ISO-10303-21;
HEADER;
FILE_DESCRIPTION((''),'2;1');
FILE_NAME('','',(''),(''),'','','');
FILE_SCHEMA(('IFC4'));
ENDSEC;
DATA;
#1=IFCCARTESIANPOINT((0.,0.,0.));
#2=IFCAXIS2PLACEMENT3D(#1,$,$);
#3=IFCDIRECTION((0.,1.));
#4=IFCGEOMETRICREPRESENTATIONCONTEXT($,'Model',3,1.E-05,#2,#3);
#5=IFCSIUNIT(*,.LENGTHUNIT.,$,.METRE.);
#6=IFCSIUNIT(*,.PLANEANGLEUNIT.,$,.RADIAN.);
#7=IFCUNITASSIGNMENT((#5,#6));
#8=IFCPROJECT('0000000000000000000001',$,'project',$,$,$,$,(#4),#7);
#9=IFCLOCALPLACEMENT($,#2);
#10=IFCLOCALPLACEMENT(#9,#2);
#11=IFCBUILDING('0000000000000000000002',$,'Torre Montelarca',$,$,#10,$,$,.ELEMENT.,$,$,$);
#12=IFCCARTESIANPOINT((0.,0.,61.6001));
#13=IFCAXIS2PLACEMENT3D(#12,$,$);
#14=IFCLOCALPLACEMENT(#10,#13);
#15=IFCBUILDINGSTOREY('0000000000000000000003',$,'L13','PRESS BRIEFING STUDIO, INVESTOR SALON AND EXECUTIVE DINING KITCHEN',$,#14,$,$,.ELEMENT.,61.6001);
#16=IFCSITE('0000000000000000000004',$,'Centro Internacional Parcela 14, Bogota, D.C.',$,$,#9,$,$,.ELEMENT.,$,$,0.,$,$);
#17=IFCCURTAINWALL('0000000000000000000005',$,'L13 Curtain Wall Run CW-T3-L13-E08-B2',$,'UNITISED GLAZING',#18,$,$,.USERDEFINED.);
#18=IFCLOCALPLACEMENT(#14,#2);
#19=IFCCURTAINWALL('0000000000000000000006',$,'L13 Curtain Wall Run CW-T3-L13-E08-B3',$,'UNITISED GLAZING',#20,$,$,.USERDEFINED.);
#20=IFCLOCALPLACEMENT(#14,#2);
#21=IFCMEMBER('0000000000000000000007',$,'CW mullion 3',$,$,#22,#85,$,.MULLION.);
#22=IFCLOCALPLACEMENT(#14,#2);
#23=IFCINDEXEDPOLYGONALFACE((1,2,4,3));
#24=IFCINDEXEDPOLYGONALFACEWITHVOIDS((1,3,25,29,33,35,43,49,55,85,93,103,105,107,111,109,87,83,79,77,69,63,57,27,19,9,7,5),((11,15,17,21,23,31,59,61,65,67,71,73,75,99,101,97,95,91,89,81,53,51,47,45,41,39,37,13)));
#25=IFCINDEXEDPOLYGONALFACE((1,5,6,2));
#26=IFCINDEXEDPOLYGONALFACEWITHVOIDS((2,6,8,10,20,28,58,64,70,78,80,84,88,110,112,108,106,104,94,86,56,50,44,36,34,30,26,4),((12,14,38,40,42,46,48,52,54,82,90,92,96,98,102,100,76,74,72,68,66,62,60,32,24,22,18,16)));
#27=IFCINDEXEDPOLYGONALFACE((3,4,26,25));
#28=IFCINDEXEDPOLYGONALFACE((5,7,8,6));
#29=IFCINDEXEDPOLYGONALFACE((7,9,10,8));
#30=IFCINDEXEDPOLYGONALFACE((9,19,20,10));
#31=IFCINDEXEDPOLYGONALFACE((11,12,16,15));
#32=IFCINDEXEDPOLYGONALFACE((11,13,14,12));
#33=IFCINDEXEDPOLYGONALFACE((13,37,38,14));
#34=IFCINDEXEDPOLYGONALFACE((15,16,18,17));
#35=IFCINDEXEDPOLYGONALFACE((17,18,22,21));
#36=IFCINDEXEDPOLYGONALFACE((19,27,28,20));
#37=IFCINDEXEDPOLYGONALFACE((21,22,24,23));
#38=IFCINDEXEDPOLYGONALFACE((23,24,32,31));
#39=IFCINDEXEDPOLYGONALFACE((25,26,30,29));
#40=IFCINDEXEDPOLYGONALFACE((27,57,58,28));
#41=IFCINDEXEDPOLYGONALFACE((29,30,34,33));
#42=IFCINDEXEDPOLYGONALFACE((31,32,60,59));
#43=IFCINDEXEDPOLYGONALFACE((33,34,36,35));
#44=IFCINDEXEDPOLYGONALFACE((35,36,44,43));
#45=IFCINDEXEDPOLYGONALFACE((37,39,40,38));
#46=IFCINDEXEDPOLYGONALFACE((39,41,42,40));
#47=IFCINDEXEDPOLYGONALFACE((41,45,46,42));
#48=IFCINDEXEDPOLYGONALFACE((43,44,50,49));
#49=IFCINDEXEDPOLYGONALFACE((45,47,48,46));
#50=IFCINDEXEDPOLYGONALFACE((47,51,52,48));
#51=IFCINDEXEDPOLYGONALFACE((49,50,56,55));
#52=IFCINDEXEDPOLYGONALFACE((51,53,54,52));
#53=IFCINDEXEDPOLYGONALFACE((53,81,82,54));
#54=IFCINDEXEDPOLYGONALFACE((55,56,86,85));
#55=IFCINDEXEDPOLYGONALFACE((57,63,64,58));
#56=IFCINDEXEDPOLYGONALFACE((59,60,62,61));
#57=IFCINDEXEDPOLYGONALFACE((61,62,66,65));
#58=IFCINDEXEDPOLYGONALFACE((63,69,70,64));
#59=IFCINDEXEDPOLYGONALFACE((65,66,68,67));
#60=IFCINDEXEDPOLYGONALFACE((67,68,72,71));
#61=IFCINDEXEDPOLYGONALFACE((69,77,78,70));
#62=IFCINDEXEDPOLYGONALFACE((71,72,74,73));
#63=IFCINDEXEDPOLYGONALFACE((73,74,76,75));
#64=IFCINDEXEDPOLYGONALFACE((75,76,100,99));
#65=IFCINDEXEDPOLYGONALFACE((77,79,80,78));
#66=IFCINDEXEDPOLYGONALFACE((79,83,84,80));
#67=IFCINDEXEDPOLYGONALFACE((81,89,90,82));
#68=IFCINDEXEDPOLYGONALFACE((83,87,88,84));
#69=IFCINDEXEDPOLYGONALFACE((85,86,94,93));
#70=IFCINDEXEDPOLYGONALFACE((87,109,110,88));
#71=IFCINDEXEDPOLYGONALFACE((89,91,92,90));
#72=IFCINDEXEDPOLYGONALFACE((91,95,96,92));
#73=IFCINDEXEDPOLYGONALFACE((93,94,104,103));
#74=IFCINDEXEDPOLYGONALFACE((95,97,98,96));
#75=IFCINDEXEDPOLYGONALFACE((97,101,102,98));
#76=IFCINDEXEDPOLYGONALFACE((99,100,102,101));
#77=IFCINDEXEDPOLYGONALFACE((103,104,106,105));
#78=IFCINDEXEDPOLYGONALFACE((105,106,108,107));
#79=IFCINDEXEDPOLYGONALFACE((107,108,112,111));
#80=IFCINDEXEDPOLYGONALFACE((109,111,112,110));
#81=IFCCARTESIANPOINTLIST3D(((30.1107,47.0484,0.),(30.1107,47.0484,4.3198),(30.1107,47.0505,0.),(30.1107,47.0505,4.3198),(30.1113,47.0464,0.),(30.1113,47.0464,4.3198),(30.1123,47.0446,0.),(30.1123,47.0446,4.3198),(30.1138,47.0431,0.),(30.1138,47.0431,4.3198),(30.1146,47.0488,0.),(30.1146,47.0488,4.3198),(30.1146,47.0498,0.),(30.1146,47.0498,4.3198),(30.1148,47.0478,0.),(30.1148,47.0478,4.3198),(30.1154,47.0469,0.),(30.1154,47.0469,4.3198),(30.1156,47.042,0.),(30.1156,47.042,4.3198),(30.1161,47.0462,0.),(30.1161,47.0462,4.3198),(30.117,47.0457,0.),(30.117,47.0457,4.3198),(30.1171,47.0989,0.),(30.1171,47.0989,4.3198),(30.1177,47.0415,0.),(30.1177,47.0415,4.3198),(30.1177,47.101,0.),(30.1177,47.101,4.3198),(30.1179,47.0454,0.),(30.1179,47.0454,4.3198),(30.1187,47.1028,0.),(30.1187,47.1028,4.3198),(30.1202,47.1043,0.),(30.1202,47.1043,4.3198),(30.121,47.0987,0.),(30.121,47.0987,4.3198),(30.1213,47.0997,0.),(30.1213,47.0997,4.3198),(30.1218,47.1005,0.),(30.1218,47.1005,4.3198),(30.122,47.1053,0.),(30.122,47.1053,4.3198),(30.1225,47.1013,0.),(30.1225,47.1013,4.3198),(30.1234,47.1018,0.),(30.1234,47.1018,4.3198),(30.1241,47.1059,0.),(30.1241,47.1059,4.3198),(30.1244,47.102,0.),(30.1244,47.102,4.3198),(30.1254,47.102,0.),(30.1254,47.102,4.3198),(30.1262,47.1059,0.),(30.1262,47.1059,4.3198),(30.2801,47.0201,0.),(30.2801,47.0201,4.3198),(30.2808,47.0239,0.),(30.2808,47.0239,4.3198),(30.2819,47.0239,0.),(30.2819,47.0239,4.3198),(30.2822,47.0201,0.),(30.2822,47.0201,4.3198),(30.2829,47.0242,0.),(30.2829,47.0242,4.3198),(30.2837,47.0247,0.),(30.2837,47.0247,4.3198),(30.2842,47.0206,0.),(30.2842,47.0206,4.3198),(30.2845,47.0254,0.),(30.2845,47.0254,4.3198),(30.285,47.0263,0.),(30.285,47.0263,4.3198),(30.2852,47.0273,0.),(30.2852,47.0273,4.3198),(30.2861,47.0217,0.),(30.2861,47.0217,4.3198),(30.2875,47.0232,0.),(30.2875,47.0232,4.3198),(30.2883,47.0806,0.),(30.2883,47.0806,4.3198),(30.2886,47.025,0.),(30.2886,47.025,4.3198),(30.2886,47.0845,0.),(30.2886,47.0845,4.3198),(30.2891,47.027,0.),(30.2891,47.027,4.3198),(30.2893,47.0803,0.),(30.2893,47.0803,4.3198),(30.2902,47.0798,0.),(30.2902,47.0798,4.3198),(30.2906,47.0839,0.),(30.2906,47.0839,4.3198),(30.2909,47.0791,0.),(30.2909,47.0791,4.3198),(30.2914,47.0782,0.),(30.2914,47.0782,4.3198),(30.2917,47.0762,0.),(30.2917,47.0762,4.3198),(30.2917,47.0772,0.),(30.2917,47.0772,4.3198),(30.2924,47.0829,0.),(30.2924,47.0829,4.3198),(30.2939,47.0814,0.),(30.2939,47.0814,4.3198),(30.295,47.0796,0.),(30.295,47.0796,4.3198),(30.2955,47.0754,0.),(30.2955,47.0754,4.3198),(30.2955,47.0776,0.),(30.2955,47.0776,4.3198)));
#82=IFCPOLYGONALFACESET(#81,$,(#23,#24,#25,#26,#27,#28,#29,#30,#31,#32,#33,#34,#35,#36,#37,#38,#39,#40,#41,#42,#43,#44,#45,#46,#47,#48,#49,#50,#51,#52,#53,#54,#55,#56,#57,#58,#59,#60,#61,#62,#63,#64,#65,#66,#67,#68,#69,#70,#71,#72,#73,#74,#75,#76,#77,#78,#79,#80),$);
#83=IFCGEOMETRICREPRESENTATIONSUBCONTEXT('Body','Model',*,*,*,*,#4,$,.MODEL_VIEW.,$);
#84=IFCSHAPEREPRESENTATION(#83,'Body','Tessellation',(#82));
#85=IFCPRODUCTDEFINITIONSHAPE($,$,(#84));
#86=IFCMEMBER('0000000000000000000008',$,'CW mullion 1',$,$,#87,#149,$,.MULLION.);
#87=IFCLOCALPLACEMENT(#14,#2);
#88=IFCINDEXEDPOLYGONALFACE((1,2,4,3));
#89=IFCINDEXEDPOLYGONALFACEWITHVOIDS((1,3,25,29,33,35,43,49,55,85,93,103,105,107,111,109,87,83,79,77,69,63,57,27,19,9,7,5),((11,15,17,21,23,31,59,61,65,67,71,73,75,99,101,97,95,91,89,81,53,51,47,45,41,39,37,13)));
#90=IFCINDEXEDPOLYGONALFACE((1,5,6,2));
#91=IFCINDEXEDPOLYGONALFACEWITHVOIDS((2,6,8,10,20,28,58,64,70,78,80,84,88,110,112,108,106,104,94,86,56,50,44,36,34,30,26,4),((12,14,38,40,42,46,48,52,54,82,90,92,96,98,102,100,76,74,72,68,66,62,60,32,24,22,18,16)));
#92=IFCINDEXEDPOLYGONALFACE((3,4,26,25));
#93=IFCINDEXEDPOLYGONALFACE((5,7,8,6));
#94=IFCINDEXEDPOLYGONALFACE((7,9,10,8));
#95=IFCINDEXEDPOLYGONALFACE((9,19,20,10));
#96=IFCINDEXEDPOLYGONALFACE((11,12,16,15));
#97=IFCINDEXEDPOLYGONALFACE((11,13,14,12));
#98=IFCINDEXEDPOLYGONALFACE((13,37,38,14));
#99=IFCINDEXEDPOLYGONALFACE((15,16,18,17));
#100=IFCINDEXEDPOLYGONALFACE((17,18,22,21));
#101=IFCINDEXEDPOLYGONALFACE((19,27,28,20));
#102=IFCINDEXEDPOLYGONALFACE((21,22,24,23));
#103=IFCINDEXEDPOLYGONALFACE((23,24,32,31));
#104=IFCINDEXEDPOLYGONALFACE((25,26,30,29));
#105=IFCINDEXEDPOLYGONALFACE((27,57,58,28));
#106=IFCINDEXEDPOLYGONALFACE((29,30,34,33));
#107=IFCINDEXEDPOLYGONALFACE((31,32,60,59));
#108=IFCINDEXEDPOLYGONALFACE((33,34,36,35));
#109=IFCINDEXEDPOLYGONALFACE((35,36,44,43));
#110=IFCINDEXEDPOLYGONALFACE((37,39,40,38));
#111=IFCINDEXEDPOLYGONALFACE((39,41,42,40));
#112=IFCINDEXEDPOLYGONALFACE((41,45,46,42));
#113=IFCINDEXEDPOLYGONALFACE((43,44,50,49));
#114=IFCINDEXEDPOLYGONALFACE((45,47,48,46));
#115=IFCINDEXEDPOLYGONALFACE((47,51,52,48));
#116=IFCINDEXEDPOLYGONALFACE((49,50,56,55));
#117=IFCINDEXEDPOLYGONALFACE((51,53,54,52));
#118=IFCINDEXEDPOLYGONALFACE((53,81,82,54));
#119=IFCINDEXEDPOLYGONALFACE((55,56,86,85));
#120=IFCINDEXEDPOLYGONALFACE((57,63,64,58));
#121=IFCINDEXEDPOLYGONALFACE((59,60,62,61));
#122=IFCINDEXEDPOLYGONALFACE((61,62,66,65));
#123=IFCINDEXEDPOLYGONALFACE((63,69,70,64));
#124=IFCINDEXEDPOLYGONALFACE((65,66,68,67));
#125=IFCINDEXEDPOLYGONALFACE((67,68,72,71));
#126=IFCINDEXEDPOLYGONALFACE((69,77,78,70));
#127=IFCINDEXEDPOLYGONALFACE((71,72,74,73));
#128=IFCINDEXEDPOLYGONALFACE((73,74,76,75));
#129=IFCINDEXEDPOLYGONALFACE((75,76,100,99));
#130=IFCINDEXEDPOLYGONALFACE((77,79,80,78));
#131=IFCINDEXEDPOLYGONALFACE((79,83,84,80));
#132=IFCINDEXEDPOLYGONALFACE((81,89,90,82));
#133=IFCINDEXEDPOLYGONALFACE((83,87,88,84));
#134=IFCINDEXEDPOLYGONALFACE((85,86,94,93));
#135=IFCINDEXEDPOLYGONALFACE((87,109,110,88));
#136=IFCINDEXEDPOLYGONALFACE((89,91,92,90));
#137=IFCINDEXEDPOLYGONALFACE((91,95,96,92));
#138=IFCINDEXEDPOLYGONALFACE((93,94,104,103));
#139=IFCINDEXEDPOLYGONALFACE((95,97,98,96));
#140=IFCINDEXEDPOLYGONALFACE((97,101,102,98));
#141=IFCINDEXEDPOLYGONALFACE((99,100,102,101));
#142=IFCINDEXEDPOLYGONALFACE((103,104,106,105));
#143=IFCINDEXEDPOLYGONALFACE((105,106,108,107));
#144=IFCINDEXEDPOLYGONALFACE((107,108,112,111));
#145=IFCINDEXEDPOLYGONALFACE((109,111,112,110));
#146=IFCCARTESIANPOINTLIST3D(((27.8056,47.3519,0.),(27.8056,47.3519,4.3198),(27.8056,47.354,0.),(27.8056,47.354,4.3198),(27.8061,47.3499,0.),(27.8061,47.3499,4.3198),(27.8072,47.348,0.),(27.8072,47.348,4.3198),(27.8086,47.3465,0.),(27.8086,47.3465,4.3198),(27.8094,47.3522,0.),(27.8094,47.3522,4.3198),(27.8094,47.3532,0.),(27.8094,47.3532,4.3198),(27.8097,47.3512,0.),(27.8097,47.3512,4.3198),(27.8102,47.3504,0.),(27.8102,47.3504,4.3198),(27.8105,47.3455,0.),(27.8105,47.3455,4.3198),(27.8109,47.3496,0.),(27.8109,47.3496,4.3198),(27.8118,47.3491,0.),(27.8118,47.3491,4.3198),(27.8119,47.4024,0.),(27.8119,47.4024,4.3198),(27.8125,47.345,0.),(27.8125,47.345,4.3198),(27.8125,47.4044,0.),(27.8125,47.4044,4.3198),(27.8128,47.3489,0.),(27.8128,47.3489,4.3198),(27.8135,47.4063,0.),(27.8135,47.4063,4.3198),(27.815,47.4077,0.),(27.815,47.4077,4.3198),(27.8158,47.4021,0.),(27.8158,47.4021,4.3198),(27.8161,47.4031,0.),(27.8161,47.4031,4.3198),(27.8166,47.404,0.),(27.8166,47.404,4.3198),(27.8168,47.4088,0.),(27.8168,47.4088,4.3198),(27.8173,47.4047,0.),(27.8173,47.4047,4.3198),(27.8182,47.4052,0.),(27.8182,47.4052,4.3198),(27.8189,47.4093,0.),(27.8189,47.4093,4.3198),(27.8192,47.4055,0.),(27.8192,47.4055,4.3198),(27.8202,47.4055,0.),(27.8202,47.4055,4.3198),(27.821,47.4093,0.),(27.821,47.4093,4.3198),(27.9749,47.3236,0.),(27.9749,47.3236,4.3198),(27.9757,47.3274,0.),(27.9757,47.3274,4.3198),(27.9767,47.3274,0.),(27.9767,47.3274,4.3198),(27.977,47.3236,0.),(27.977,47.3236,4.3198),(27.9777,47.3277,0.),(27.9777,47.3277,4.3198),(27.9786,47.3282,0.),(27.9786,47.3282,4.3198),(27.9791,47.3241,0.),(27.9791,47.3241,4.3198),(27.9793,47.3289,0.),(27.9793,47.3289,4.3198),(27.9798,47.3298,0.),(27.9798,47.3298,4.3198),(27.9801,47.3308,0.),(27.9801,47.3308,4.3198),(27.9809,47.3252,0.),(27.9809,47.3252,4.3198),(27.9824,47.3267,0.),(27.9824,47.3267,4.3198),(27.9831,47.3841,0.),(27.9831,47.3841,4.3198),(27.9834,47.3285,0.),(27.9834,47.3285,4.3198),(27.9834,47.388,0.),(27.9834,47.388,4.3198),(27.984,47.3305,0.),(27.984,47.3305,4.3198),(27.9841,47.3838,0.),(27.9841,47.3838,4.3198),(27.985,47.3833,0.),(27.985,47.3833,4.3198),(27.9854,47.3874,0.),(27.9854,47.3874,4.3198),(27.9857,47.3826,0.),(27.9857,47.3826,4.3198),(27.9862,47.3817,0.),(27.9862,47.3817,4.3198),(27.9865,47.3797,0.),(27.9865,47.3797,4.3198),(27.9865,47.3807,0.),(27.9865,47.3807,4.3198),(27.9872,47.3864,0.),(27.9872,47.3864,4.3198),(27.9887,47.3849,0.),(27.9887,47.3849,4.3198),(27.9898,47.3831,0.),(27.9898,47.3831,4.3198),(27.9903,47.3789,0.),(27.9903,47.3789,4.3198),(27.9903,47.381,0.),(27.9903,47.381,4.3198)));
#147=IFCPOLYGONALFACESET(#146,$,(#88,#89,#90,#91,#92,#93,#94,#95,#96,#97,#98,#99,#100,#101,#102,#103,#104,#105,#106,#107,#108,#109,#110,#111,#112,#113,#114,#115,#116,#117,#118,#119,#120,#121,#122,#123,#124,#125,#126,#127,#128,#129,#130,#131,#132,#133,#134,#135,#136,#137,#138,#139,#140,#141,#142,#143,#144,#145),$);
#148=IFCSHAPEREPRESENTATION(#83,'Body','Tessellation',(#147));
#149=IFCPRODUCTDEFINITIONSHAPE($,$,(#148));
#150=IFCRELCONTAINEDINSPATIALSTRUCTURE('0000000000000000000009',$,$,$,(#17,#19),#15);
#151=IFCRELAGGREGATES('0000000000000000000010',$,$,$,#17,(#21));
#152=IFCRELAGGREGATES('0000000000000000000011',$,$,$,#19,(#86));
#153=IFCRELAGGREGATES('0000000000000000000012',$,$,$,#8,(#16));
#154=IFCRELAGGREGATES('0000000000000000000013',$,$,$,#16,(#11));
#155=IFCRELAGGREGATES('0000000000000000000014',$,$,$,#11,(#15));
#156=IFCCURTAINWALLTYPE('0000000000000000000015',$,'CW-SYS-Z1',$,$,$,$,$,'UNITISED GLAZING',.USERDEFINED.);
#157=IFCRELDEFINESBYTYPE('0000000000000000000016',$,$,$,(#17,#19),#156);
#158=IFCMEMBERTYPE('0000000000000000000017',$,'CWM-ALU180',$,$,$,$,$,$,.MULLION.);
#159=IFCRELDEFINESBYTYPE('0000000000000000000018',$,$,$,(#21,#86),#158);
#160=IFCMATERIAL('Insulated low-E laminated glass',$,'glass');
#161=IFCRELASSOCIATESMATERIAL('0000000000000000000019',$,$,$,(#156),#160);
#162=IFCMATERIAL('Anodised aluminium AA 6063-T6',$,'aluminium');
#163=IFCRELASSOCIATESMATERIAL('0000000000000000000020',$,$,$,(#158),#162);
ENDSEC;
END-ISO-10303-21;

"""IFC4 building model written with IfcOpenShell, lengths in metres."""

from ifc_helpers import new_model, si_unit, direction, frame, origin, origin_2d, place, context, subcontext, project, spatial, hollow_rectangle, extrude, source, transform, mapped, material, material_profile, profile_set, type_object, element, aggregate, save


model = new_model("IFC4")

# Units and contexts
model_context = context("Model", 3, precision=1e-05, world=origin(), true_north=direction((0.0, 1.0)))
body_context = subcontext(model_context, "Body", "Model", "MODEL_VIEW")
ifc_project = project(units=[si_unit("LENGTHUNIT", "METRE"), si_unit("PLANEANGLEUNIT", "RADIAN")], contexts=[model_context])

# Site, building, storey
site_placement = place(None, origin())
site = spatial("IfcSite", under=ifc_project, at=site_placement, Name="Centro Internacional Parcela 14, Bogota, D.C.", CompositionType="ELEMENT", RefElevation=0.0)
building_placement = place(site_placement, origin())
building = spatial("IfcBuilding", under=site, at=building_placement, Name="Torre Montelarca", CompositionType="ELEMENT")
storey_placement = place(building_placement, frame((0.0, 0.0, 61.6001)))
storey = spatial("IfcBuildingStorey", under=building, at=storey_placement, Name="L13", Description="PRESS BRIEFING STUDIO, INVESTOR SALON AND EXECUTIVE DINING KITCHEN", CompositionType="ELEMENT", Elevation=61.6001)

# Curtain wall
ifc_material_1 = material(Name="Insulated low-E laminated glass", Category="glass")
curtain_wall_type = type_object("IfcCurtainWallType", Name="CW-SYS-Z1", ElementType="UNITISED GLAZING", PredefinedType="USERDEFINED", material=ifc_material_1)
curtain_wall_1_placement = place(storey_placement, origin())
curtain_wall_1 = element("IfcCurtainWall", 1, at=curtain_wall_1_placement, inside=storey, type_object=curtain_wall_type, Name="L13 Curtain Wall Run CW-T3-L13-E08-B2", ObjectType="UNITISED GLAZING", PredefinedType="USERDEFINED")
ifc_material_2 = material(Name="Anodised aluminium AA 6063-T6", Category="aluminium")

# Curtain wall
curtain_wall_2_placement = place(storey_placement, origin())
curtain_wall_2 = element("IfcCurtainWall", 2, at=curtain_wall_2_placement, inside=storey, type_object=curtain_wall_type, Name="L13 Curtain Wall Run CW-T3-L13-E08-B3", ObjectType="UNITISED GLAZING", PredefinedType="USERDEFINED")

# Members
ifc_material_profile_1 = material_profile(ifc_material_2, hollow_rectangle(XDim=0.0649, YDim=0.1799, WallThickness=0.0039, InnerFilletRadius=0.0039, OuterFilletRadius=0.0081, at=origin_2d()), Name="ALU65X180X4", Category="aluminium")
ifc_profile_set_1 = profile_set([ifc_material_profile_1], Name="Anodised aluminium AA 6063-T6")
member_type_1 = type_object("IfcMemberType", Name="CWM-ALU180", PredefinedType="MULLION", material=ifc_profile_set_1)
shared_shape_1 = source(origin(), body_context, "Body", "SweptSolid", [
    extrude(hollow_rectangle(XDim=0.0649, YDim=0.1799, WallThickness=0.0039, InnerFilletRadius=0.0039, OuterFilletRadius=0.0081, at=origin_2d()), origin(), (0.0, 0.0, 1.0), 4.3198),
])
member_1_placement = place(storey_placement, frame((30.2031, 47.063, 0.0), z_axis=(0.0, 0.0, 1.0), x_axis=(-0.130533, -0.991444, 0.0)))
member_1 = element("IfcMember", 3, at=member_1_placement, type_object=member_type_1, Name="CW mullion 3", PredefinedType="MULLION", context=body_context, shape_type="MappedRepresentation", body=[
    mapped(shared_shape_1, transform((0.0, 0.0, 0.0), scale=1.0)),
])
member_2_placement = place(storey_placement, frame((27.8979, 47.3665, 0.0), z_axis=(0.0, 0.0, 1.0), x_axis=(-0.130518, -0.991446, 0.0)))
member_2 = element("IfcMember", 4, at=member_2_placement, type_object=member_type_1, Name="CW mullion 1", PredefinedType="MULLION", context=body_context, shape_type="MappedRepresentation", body=[
    mapped(shared_shape_1, transform((0.0, 0.0, 0.0), scale=1.0)),
])

aggregate(curtain_wall_1, [member_1])
aggregate(curtain_wall_2, [member_2])

save(model, "model.ifc")
